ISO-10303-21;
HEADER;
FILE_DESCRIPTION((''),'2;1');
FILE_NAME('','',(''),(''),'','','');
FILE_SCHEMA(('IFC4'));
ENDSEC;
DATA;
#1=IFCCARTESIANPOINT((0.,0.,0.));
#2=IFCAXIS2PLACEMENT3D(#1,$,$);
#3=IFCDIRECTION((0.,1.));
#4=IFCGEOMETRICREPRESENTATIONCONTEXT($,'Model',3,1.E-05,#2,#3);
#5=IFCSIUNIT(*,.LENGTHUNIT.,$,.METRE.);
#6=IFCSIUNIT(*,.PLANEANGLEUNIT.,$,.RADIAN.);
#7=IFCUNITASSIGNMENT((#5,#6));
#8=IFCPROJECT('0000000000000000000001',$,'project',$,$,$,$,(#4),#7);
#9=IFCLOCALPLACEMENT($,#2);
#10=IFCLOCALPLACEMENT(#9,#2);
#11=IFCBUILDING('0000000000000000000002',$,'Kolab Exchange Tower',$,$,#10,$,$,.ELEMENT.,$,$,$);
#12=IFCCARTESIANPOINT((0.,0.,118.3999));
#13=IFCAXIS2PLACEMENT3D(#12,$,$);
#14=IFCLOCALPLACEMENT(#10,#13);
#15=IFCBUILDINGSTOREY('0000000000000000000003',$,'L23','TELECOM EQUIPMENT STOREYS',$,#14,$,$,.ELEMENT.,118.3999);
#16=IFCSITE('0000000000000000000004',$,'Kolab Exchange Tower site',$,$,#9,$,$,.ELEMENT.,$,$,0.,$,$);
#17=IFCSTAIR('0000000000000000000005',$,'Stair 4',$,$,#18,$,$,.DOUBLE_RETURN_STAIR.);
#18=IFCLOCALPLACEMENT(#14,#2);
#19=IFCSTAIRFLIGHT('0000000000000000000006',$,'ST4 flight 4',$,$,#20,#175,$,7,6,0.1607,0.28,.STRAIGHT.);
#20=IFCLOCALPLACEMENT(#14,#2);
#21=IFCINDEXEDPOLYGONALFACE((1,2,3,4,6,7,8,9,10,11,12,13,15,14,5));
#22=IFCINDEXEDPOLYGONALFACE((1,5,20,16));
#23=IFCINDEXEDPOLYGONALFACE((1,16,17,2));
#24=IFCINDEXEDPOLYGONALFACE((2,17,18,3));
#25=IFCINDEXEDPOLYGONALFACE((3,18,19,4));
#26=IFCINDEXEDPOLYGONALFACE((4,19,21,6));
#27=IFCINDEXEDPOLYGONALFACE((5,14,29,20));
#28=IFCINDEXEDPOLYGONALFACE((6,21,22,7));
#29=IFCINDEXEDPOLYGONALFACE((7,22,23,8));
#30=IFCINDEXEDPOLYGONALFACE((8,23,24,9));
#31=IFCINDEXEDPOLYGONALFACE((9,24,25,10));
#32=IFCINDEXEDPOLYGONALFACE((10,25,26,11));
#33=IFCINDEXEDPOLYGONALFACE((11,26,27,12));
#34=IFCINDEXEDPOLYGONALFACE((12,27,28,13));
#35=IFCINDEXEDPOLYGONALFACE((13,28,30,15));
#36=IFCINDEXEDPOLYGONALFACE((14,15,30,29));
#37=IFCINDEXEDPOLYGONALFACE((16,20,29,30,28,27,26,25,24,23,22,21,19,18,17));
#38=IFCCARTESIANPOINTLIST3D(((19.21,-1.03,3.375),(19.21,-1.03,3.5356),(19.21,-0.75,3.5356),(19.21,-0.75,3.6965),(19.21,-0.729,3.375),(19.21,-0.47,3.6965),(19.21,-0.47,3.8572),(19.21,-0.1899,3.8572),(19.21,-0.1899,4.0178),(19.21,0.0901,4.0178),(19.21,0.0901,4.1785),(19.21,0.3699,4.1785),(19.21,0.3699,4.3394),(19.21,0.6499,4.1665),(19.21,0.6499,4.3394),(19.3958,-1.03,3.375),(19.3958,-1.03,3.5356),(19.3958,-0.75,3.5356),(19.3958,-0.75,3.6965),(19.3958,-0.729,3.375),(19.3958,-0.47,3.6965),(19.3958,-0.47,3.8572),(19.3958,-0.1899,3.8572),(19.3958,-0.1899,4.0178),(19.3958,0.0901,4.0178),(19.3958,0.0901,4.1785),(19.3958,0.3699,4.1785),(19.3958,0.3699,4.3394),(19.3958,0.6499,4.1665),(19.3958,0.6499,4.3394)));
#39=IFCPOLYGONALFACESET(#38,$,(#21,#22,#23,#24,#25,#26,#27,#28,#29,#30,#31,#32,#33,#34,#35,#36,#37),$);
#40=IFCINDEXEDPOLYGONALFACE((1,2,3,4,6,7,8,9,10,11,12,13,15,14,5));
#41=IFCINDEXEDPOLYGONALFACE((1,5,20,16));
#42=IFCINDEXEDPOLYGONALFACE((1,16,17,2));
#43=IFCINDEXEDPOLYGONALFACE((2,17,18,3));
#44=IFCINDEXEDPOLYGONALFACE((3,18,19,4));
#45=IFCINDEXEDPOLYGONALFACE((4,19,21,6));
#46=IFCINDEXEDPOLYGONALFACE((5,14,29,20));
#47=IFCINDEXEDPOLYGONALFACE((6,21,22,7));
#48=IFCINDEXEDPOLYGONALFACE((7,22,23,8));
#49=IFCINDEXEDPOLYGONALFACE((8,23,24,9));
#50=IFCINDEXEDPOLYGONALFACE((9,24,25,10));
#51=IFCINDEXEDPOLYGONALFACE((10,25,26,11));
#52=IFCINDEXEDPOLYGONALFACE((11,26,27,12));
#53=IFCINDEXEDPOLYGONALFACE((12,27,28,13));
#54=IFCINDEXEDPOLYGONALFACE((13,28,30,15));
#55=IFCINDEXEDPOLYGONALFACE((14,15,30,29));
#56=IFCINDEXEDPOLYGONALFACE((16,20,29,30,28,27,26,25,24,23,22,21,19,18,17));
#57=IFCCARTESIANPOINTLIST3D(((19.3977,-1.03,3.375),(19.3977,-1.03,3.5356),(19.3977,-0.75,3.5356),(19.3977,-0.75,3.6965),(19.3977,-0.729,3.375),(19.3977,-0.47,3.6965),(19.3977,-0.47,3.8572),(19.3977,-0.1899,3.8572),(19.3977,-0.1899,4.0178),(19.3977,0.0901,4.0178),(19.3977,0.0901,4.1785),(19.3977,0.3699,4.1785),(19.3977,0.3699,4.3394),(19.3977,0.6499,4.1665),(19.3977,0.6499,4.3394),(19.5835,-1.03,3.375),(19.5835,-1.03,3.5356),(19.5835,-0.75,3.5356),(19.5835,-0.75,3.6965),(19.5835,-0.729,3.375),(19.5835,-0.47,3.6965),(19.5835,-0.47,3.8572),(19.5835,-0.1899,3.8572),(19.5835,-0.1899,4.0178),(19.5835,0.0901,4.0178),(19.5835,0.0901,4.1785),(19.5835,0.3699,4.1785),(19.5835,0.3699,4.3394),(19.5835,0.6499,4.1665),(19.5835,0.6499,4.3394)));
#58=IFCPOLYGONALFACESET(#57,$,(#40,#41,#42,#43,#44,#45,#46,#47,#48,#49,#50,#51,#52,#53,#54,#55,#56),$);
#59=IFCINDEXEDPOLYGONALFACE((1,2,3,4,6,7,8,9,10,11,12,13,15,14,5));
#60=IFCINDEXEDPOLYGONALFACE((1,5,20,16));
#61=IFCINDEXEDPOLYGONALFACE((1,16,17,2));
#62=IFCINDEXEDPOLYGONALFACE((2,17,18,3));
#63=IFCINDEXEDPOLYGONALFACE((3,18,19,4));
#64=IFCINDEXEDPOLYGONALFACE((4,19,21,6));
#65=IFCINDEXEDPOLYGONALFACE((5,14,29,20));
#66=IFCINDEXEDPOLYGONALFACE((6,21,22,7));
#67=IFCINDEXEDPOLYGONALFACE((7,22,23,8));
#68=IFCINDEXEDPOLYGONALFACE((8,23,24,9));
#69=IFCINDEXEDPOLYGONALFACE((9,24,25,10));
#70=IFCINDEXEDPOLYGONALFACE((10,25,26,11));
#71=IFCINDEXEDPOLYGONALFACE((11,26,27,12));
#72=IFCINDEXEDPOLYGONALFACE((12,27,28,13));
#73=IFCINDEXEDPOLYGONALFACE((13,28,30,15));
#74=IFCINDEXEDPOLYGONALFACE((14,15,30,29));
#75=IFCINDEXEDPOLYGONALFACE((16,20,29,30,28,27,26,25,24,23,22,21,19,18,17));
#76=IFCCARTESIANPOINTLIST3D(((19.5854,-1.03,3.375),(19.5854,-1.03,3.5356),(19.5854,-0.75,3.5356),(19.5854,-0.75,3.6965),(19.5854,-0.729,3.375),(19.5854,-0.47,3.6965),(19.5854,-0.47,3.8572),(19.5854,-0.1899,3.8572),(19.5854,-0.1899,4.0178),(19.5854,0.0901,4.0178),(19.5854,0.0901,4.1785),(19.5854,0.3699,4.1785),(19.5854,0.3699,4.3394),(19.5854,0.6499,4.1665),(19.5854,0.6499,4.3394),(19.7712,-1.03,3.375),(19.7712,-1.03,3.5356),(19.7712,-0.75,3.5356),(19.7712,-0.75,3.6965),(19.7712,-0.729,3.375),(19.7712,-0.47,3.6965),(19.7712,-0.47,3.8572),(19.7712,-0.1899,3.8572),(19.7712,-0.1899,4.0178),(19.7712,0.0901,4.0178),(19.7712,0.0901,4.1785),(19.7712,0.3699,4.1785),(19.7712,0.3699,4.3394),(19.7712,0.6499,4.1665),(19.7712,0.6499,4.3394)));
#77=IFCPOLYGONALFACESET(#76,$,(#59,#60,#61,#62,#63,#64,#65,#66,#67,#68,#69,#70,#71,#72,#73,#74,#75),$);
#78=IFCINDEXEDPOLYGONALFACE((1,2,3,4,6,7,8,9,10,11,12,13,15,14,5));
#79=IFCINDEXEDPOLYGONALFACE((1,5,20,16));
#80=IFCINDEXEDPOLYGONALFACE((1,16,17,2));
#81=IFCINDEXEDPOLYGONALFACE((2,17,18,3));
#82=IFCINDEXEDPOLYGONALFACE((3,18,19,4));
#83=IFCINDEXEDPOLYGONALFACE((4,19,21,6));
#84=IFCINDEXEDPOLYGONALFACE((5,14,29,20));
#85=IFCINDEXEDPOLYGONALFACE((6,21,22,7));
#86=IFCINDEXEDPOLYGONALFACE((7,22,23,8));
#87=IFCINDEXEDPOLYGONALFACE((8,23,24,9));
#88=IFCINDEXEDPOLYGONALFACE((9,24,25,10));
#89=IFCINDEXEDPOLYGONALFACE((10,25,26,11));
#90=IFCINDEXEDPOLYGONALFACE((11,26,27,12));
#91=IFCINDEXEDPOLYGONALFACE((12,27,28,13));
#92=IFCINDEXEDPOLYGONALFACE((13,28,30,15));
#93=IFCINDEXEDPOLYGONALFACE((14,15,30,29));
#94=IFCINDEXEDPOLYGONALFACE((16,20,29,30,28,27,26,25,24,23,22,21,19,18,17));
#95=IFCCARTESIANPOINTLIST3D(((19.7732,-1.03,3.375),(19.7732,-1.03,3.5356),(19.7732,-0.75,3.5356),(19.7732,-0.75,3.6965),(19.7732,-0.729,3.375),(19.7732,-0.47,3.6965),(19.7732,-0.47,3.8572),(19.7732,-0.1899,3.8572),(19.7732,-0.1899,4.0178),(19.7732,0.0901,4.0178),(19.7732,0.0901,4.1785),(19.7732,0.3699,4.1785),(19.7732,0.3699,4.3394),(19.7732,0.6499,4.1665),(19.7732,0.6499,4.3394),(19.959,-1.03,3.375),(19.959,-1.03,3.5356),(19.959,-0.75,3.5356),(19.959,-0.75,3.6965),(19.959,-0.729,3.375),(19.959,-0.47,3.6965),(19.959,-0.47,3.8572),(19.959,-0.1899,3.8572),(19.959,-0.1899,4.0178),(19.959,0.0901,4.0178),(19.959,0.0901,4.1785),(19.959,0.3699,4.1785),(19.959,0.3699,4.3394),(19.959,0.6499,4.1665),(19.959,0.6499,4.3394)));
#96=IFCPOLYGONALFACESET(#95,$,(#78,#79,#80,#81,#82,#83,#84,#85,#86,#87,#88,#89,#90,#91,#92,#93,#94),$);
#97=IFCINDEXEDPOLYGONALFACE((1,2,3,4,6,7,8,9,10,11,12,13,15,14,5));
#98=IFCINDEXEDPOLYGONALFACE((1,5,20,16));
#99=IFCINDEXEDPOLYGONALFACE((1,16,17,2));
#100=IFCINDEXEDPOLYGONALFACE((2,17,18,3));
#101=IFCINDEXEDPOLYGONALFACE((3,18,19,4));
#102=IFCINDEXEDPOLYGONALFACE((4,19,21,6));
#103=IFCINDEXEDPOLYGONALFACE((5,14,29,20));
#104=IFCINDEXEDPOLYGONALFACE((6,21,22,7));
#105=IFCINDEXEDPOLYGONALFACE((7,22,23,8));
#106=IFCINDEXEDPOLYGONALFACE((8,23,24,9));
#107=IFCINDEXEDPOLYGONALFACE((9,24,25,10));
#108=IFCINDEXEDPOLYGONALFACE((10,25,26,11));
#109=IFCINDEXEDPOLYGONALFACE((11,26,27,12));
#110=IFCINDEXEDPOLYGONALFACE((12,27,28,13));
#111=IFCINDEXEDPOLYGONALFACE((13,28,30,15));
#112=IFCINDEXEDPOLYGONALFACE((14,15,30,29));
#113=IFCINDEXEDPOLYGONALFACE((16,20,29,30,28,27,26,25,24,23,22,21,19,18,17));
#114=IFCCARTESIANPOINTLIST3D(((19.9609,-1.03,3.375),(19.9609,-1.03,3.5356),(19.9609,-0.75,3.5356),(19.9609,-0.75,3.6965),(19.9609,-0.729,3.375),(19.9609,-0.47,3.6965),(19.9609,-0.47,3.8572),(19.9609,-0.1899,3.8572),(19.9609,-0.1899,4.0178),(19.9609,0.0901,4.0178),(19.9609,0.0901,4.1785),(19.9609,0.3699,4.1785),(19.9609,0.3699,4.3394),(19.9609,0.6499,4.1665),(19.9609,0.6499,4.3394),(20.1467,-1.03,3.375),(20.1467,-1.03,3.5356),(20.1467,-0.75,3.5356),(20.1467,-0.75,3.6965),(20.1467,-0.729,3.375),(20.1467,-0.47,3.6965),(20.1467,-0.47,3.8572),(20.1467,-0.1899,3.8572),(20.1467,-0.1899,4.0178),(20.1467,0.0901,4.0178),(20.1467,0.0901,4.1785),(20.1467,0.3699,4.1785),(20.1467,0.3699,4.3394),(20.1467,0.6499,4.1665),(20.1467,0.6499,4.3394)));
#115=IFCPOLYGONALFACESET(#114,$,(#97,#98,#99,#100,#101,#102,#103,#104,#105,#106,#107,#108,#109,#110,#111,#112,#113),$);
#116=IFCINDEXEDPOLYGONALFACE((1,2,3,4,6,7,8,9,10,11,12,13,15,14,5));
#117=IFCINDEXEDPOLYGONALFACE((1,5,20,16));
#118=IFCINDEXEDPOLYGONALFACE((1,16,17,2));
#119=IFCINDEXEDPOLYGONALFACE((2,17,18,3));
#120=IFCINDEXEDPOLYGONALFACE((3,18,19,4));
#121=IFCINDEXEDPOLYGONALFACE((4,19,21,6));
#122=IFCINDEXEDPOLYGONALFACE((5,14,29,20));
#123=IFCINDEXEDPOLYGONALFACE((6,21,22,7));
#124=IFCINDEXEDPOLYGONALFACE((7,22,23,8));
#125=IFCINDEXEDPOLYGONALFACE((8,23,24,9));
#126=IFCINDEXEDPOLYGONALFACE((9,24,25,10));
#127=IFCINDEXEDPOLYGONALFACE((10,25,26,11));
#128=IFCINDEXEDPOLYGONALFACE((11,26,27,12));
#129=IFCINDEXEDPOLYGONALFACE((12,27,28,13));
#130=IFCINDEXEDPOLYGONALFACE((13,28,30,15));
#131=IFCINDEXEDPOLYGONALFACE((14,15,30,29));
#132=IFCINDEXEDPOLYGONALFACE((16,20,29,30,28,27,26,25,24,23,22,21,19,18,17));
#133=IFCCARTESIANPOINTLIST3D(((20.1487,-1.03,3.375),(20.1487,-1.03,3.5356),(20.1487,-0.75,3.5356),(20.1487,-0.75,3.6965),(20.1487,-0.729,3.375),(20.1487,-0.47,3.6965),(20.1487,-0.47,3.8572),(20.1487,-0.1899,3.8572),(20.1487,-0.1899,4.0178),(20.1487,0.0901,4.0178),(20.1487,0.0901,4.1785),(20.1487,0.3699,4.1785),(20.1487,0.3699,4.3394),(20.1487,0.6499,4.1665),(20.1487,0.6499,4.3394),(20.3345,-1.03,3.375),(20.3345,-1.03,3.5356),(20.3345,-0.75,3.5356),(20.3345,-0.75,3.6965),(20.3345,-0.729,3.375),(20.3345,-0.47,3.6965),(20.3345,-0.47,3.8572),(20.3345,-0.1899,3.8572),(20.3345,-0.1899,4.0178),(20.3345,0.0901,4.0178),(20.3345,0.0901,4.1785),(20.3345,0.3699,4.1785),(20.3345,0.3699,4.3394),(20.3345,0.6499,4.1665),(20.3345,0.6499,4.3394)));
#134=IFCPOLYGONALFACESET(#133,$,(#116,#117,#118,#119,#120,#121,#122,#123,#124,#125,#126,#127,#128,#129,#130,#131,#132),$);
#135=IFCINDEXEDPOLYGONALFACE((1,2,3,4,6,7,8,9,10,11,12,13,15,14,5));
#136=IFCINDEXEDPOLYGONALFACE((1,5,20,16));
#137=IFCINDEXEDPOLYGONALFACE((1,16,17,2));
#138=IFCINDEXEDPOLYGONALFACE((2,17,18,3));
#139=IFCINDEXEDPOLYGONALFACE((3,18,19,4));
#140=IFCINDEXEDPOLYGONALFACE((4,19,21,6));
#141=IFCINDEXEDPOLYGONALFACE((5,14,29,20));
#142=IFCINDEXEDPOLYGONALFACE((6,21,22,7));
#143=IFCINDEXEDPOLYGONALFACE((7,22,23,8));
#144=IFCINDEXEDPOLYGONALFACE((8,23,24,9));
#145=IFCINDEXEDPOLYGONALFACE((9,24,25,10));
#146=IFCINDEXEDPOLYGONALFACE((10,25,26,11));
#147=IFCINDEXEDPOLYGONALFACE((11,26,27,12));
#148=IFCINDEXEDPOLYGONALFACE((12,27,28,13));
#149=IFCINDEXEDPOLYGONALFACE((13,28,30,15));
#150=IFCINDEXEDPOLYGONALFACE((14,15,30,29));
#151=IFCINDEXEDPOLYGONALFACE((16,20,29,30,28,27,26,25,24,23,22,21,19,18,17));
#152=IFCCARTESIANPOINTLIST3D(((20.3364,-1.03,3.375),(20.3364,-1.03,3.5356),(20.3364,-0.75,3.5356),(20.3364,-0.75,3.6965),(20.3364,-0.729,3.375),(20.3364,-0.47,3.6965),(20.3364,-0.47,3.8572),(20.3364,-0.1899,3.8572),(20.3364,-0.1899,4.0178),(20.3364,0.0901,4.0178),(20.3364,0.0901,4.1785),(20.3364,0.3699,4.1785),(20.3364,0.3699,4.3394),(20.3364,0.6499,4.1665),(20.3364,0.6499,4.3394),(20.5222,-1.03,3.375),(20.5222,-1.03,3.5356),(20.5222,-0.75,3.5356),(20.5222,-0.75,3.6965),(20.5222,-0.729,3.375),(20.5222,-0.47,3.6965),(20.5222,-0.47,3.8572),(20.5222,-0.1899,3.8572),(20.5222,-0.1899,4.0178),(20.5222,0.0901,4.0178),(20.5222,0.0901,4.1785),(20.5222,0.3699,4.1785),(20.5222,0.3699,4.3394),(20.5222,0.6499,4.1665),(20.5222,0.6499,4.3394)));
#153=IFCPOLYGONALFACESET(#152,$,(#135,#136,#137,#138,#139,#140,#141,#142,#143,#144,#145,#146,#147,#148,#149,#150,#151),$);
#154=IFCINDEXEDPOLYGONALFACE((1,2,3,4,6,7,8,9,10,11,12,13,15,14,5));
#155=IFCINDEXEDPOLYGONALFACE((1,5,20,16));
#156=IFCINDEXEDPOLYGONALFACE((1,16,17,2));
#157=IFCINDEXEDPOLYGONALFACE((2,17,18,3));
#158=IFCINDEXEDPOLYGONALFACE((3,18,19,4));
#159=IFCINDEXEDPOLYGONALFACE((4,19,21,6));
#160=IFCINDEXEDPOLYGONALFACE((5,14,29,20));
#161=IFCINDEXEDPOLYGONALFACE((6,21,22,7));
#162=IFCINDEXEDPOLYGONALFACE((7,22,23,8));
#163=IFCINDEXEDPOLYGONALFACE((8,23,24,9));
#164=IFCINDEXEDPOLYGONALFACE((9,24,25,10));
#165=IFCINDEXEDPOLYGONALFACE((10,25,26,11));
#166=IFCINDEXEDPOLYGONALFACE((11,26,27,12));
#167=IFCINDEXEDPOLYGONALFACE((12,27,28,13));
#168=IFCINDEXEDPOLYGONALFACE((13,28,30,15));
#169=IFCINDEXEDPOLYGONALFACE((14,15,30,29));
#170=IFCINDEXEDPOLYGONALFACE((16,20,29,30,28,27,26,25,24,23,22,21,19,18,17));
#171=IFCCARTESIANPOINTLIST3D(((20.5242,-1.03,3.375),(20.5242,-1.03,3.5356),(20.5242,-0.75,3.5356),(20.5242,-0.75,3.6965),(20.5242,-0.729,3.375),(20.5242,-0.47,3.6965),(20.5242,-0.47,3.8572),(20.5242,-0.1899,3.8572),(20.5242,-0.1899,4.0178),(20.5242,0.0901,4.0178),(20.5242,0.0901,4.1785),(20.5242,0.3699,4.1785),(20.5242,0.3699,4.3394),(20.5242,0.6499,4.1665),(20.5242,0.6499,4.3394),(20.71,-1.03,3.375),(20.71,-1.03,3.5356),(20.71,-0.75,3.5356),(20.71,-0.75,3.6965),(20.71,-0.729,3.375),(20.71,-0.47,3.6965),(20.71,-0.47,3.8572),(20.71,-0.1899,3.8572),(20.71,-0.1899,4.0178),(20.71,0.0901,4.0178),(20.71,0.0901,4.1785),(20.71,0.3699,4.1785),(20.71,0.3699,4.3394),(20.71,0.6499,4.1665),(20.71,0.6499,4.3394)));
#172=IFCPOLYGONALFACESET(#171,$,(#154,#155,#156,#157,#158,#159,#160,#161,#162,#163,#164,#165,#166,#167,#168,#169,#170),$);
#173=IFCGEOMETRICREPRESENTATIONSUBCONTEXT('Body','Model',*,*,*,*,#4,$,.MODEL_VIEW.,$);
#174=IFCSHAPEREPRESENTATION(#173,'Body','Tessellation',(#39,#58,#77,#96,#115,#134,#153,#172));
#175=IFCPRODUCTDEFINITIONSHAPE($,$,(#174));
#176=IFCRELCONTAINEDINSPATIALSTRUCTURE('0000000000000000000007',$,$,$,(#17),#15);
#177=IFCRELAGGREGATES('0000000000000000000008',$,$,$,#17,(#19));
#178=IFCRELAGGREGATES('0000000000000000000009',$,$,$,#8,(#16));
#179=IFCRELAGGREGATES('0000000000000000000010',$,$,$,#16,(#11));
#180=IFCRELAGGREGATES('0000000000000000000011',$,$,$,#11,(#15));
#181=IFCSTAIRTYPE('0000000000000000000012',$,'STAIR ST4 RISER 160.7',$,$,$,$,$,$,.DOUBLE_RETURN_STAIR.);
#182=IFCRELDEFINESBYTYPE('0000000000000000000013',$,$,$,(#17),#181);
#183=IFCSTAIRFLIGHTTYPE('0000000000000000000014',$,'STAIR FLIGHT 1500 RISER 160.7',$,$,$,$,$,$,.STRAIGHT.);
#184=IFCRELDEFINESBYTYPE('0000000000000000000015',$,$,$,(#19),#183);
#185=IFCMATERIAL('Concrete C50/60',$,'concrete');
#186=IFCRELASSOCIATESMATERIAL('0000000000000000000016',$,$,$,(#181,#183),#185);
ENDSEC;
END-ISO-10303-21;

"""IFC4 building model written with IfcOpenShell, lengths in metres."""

from ifc_helpers import new_model, si_unit, direction, frame, origin, place, context, subcontext, project, spatial, polyline, outline, extrude, material, type_object, element, aggregate, save


model = new_model("IFC4")

# Units and contexts
model_context = context("Model", 3, precision=1e-05, world=origin(), true_north=direction((0.0, 1.0)))
body_context = subcontext(model_context, "Body", "Model", "MODEL_VIEW")
ifc_project = project(units=[si_unit("LENGTHUNIT", "METRE"), si_unit("PLANEANGLEUNIT", "RADIAN")], contexts=[model_context])

# Site, building, storey
site_placement = place(None, origin())
site = spatial("IfcSite", under=ifc_project, at=site_placement, Name="Kolab Exchange Tower site", CompositionType="ELEMENT", RefElevation=0.0)
building_placement = place(site_placement, origin())
building = spatial("IfcBuilding", under=site, at=building_placement, Name="Kolab Exchange Tower", CompositionType="ELEMENT")
storey_placement = place(building_placement, frame((0.0, 0.0, 118.3999)))
storey = spatial("IfcBuildingStorey", under=building, at=storey_placement, Name="L23", Description="TELECOM EQUIPMENT STOREYS", CompositionType="ELEMENT", Elevation=118.3999)

# Shared definitions
ifc_material_1 = material(Name="Concrete C50/60", Category="concrete")

# Stair, stair flight
stair_type = type_object("IfcStairType", Name="STAIR ST4 RISER 160.7", PredefinedType="DOUBLE_RETURN_STAIR", material=ifc_material_1)
stair_placement = place(storey_placement, origin())
stair = element("IfcStair", 1, at=stair_placement, inside=storey, type_object=stair_type, Name="Stair 4", PredefinedType="DOUBLE_RETURN_STAIR")
stair_flight_type = type_object("IfcStairFlightType", Name="STAIR FLIGHT 1500 RISER 160.7", PredefinedType="STRAIGHT", material=ifc_material_1)
stair_flight_1_placement = place(storey_placement, frame((19.96, -1.03, 3.375), z_axis=(0.0, 0.0, 1.0), x_axis=(0.0, 1.0, 0.0)))
stair_flight_1 = element("IfcStairFlight", 2, at=stair_flight_1_placement, type_object=stair_flight_type, Name="ST4 flight 4", NumberOfRisers=7, NumberOfTreads=6, PredefinedType="STRAIGHT", RiserHeight=0.1607, TreadLength=0.28, context=body_context, shape_type="SweptSolid", body=[
    extrude(outline(polyline([(0.0, 0.0), (0.0, 0.1606), (0.28, 0.1606), (0.28, 0.3215), (0.5601, 0.3215), (0.5601, 0.4822), (0.8401, 0.4822), (0.8401, 0.6428), (1.1201, 0.6428), (1.1201, 0.8035), (1.3999, 0.8035), (1.3999, 0.9644), (1.6799, 0.9644), (1.6799, 1.125), (1.6799, 0.7915), (0.301, 0.0), (0.0, 0.0)])), frame((0.0, 0.75, 0.0), z_axis=(0.0, -1.0, 0.0), x_axis=(1.0, 0.0, 0.0)), (0.0, 0.0, 1.0), 0.1858),
    extrude(outline(polyline([(0.0, 0.0), (0.0, 0.1606), (0.28, 0.1606), (0.28, 0.3215), (0.5601, 0.3215), (0.5601, 0.4822), (0.8401, 0.4822), (0.8401, 0.6428), (1.1201, 0.6428), (1.1201, 0.8035), (1.3999, 0.8035), (1.3999, 0.9644), (1.6799, 0.9644), (1.6799, 1.125), (1.6799, 0.7915), (0.301, 0.0), (0.0, 0.0)])), frame((0.0, 0.5623, 0.0), z_axis=(0.0, -1.0, 0.0), x_axis=(1.0, 0.0, 0.0)), (0.0, 0.0, 1.0), 0.1858),
    extrude(outline(polyline([(0.0, 0.0), (0.0, 0.1606), (0.28, 0.1606), (0.28, 0.3215), (0.5601, 0.3215), (0.5601, 0.4822), (0.8401, 0.4822), (0.8401, 0.6428), (1.1201, 0.6428), (1.1201, 0.8035), (1.3999, 0.8035), (1.3999, 0.9644), (1.6799, 0.9644), (1.6799, 1.125), (1.6799, 0.7915), (0.301, 0.0), (0.0, 0.0)])), frame((0.0, 0.3745, 0.0), z_axis=(0.0, -1.0, 0.0), x_axis=(1.0, 0.0, 0.0)), (0.0, 0.0, 1.0), 0.1858),
    extrude(outline(polyline([(0.0, 0.0), (0.0, 0.1606), (0.28, 0.1606), (0.28, 0.3215), (0.5601, 0.3215), (0.5601, 0.4822), (0.8401, 0.4822), (0.8401, 0.6428), (1.1201, 0.6428), (1.1201, 0.8035), (1.3999, 0.8035), (1.3999, 0.9644), (1.6799, 0.9644), (1.6799, 1.125), (1.6799, 0.7915), (0.301, 0.0), (0.0, 0.0)])), frame((0.0, 0.1868, 0.0), z_axis=(0.0, -1.0, 0.0), x_axis=(1.0, 0.0, 0.0)), (0.0, 0.0, 1.0), 0.1858),
    extrude(outline(polyline([(0.0, 0.0), (0.0, 0.1606), (0.28, 0.1606), (0.28, 0.3215), (0.5601, 0.3215), (0.5601, 0.4822), (0.8401, 0.4822), (0.8401, 0.6428), (1.1201, 0.6428), (1.1201, 0.8035), (1.3999, 0.8035), (1.3999, 0.9644), (1.6799, 0.9644), (1.6799, 1.125), (1.6799, 0.7915), (0.301, 0.0), (0.0, 0.0)])), frame((0.0, -0.001, 0.0), z_axis=(0.0, -1.0, 0.0), x_axis=(1.0, 0.0, 0.0)), (0.0, 0.0, 1.0), 0.1858),
    extrude(outline(polyline([(0.0, 0.0), (0.0, 0.1606), (0.28, 0.1606), (0.28, 0.3215), (0.5601, 0.3215), (0.5601, 0.4822), (0.8401, 0.4822), (0.8401, 0.6428), (1.1201, 0.6428), (1.1201, 0.8035), (1.3999, 0.8035), (1.3999, 0.9644), (1.6799, 0.9644), (1.6799, 1.125), (1.6799, 0.7915), (0.301, 0.0), (0.0, 0.0)])), frame((0.0, -0.1887, 0.0), z_axis=(0.0, -1.0, 0.0), x_axis=(1.0, 0.0, 0.0)), (0.0, 0.0, 1.0), 0.1858),
    extrude(outline(polyline([(0.0, 0.0), (0.0, 0.1606), (0.28, 0.1606), (0.28, 0.3215), (0.5601, 0.3215), (0.5601, 0.4822), (0.8401, 0.4822), (0.8401, 0.6428), (1.1201, 0.6428), (1.1201, 0.8035), (1.3999, 0.8035), (1.3999, 0.9644), (1.6799, 0.9644), (1.6799, 1.125), (1.6799, 0.7915), (0.301, 0.0), (0.0, 0.0)])), frame((0.0, -0.3765, 0.0), z_axis=(0.0, -1.0, 0.0), x_axis=(1.0, 0.0, 0.0)), (0.0, 0.0, 1.0), 0.1858),
    extrude(outline(polyline([(0.0, 0.0), (0.0, 0.1606), (0.28, 0.1606), (0.28, 0.3215), (0.5601, 0.3215), (0.5601, 0.4822), (0.8401, 0.4822), (0.8401, 0.6428), (1.1201, 0.6428), (1.1201, 0.8035), (1.3999, 0.8035), (1.3999, 0.9644), (1.6799, 0.9644), (1.6799, 1.125), (1.6799, 0.7915), (0.301, 0.0), (0.0, 0.0)])), frame((0.0, -0.5642, 0.0), z_axis=(0.0, -1.0, 0.0), x_axis=(1.0, 0.0, 0.0)), (0.0, 0.0, 1.0), 0.1858),
])
aggregate(stair, [stair_flight_1])

save(model, "model.ifc")
